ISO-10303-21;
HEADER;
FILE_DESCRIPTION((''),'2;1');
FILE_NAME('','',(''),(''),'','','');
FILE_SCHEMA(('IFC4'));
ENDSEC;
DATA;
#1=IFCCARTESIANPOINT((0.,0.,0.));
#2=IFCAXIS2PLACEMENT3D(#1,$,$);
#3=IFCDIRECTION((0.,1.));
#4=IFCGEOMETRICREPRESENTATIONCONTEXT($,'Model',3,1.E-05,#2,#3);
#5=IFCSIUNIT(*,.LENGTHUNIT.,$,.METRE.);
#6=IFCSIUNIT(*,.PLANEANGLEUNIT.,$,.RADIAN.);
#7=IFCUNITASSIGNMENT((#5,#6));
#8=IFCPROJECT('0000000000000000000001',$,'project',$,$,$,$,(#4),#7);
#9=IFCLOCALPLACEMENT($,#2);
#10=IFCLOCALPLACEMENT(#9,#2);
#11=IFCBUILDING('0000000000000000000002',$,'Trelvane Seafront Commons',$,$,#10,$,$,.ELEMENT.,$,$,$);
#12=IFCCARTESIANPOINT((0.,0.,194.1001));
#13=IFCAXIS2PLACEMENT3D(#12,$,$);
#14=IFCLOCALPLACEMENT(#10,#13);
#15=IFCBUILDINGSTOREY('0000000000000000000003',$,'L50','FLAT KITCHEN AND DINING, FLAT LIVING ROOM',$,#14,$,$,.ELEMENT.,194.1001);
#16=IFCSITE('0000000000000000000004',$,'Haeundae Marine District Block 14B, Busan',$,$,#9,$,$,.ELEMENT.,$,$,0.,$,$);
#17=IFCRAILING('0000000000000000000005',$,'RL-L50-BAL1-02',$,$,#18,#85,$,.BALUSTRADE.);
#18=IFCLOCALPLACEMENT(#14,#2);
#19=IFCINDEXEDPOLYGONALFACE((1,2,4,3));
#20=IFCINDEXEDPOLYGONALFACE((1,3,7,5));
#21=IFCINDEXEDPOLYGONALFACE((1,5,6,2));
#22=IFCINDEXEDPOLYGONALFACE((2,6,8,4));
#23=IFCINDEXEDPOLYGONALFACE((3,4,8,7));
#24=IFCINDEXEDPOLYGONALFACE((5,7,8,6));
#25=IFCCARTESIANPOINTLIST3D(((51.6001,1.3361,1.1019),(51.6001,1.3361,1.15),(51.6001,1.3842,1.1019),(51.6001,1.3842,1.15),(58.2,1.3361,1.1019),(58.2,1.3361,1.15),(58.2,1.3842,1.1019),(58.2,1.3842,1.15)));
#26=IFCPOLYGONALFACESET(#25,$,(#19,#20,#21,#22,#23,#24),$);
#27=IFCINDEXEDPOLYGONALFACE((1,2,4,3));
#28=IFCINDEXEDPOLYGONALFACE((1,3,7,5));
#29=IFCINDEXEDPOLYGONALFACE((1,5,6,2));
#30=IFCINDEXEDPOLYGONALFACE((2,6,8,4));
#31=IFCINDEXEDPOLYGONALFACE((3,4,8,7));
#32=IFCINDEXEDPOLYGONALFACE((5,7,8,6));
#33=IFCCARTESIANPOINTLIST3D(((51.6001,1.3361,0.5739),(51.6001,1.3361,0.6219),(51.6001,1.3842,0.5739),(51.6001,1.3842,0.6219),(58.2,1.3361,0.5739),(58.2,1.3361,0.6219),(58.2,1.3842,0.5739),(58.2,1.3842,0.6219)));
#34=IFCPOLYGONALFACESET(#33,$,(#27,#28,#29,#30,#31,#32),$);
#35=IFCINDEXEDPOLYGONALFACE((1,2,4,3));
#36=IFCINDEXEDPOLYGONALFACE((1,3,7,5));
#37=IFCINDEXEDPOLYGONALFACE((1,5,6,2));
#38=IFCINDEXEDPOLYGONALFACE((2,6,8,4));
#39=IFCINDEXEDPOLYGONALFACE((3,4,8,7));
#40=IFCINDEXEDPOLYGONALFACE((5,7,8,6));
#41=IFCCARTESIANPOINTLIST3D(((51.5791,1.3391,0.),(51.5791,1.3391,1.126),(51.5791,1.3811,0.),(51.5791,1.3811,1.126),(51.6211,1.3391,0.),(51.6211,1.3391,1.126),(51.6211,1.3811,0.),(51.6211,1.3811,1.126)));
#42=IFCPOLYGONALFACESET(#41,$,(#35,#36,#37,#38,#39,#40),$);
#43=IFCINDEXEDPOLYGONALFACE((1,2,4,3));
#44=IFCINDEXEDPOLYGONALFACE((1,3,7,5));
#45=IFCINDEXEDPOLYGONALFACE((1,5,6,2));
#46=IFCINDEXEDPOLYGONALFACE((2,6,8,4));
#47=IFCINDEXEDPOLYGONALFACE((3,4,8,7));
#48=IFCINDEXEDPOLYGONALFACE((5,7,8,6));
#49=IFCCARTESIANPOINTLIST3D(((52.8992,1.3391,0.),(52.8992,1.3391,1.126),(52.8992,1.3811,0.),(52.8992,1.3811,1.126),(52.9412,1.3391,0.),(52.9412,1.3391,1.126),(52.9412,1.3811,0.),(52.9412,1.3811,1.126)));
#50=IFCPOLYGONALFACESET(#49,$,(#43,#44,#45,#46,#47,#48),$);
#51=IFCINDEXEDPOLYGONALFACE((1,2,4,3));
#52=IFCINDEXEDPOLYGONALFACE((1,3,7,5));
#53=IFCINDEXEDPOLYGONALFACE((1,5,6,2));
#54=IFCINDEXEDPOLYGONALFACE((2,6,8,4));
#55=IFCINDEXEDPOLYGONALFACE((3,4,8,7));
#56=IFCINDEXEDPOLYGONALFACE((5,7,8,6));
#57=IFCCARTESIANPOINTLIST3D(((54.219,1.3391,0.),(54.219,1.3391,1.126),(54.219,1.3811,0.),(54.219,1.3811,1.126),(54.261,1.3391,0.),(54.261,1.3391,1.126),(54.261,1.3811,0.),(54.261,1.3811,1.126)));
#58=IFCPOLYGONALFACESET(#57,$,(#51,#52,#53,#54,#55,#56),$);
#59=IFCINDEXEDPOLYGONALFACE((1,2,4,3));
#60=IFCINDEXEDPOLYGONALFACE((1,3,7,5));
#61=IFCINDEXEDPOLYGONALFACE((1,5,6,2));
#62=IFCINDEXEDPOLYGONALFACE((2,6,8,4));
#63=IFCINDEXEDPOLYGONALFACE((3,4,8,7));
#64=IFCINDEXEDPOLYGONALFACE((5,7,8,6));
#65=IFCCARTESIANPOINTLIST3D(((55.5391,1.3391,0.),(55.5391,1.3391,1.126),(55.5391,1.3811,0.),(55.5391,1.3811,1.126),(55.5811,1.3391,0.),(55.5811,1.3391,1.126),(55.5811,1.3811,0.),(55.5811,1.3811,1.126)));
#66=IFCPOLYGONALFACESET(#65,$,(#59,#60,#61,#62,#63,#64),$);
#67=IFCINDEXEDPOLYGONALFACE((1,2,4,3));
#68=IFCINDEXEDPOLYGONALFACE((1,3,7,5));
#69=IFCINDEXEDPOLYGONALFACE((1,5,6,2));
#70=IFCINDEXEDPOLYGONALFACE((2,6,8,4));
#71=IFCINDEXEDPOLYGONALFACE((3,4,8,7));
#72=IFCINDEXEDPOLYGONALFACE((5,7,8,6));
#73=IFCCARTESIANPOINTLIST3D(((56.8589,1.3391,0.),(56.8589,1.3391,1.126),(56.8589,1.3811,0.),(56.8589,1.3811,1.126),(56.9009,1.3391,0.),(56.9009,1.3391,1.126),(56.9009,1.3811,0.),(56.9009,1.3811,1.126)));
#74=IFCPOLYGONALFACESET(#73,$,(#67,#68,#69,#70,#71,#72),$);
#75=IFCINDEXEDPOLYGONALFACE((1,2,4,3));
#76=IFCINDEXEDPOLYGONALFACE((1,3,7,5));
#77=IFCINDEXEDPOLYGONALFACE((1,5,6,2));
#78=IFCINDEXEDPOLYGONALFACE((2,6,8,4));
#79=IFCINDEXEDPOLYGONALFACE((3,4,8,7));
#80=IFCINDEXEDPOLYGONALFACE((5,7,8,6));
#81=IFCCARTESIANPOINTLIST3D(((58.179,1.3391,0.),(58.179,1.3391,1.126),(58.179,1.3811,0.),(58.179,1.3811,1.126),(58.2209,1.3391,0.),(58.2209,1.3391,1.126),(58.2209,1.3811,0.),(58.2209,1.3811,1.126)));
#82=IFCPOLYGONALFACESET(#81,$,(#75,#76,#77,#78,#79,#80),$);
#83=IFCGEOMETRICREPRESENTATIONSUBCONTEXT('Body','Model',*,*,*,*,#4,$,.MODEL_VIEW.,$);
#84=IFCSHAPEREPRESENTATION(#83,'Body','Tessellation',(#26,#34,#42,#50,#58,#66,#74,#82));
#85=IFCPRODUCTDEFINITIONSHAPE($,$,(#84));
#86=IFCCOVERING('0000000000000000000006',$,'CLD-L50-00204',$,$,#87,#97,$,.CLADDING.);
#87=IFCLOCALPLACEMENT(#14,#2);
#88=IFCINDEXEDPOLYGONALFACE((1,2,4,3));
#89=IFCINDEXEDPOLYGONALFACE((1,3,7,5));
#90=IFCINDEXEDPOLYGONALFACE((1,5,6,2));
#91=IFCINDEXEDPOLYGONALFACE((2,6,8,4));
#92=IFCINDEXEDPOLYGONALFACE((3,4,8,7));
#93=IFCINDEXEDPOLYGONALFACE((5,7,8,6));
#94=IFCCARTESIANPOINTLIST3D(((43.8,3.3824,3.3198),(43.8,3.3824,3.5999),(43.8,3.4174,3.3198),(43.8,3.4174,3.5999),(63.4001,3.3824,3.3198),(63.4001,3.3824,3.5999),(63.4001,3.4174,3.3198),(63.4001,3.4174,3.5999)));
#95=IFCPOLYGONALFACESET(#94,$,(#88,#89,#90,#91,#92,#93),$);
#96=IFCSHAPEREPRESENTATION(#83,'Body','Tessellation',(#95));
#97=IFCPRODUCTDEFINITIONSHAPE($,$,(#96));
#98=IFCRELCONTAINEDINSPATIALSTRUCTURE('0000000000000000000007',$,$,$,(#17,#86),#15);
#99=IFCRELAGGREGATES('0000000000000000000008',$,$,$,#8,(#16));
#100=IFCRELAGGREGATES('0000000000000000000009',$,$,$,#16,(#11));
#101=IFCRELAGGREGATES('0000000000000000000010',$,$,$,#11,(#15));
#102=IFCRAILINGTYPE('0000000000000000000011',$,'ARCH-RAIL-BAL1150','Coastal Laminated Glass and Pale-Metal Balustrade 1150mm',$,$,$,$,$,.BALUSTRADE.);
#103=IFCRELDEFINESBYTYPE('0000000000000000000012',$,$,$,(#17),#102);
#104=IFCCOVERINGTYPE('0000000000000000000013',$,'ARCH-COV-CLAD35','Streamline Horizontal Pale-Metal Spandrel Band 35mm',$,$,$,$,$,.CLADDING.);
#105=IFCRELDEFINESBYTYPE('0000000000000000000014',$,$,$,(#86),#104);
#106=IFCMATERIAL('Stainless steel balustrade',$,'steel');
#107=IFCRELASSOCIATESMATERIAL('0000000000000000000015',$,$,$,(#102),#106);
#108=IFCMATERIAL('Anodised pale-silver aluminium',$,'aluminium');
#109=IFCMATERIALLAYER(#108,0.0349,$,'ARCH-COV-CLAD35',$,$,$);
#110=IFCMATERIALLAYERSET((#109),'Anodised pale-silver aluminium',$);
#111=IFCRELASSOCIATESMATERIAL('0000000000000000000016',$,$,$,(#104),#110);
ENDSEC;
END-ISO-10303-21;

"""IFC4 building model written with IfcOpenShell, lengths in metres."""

from ifc_helpers import new_model, si_unit, direction, frame, origin, origin_2d, place, context, subcontext, project, spatial, rectangle, extrude, source, transform, mapped, material, layer, layer_set, type_object, element, save


model = new_model("IFC4")

# Units and contexts
model_context = context("Model", 3, precision=1e-05, world=origin(), true_north=direction((0.0, 1.0)))
body_context = subcontext(model_context, "Body", "Model", "MODEL_VIEW")
ifc_project = project(units=[si_unit("LENGTHUNIT", "METRE"), si_unit("PLANEANGLEUNIT", "RADIAN")], contexts=[model_context])

# Site, building, storey
site_placement = place(None, origin())
site = spatial("IfcSite", under=ifc_project, at=site_placement, Name="Haeundae Marine District Block 14B, Busan", CompositionType="ELEMENT", RefElevation=0.0)
building_placement = place(site_placement, origin())
building = spatial("IfcBuilding", under=site, at=building_placement, Name="Trelvane Seafront Commons", CompositionType="ELEMENT")
storey_placement = place(building_placement, frame((0.0, 0.0, 194.1001)))
storey = spatial("IfcBuildingStorey", under=building, at=storey_placement, Name="L50", Description="FLAT KITCHEN AND DINING, FLAT LIVING ROOM", CompositionType="ELEMENT", Elevation=194.1001)

# Shared definitions
ifc_material_1 = material(Name="Anodised pale-silver aluminium", Category="aluminium")

# Railing
ifc_material_2 = material(Name="Stainless steel balustrade", Category="steel")
railing_type = type_object("IfcRailingType", Name="ARCH-RAIL-BAL1150", Description="Coastal Laminated Glass and Pale-Metal Balustrade 1150mm", PredefinedType="BALUSTRADE", material=ifc_material_2)
railing_1_placement = place(storey_placement, frame((51.6001, 1.3601, 0.0)))
element("IfcRailing", 1, at=railing_1_placement, inside=storey, type_object=railing_type, Name="RL-L50-BAL1-02", PredefinedType="BALUSTRADE", context=body_context, shape_type="SweptSolid", body=[
    extrude(rectangle(XDim=0.0481, YDim=0.0481, at=origin_2d()), frame((0.0, 0.0, 1.126), z_axis=(1.0, 0.0, 0.0), x_axis=(0.0, 1.0, 0.0)), (0.0, 0.0, 1.0), 6.5999),
    extrude(rectangle(XDim=0.0481, YDim=0.0481, at=origin_2d()), frame((0.0, 0.0, 0.5979), z_axis=(1.0, 0.0, 0.0), x_axis=(0.0, 1.0, 0.0)), (0.0, 0.0, 1.0), 6.5999),
    extrude(rectangle(XDim=0.042, YDim=0.042, at=origin_2d()), origin(), (0.0, 0.0, 1.0), 1.126),
    extrude(rectangle(XDim=0.042, YDim=0.042, at=origin_2d()), frame((1.3201, 0.0, 0.0)), (0.0, 0.0, 1.0), 1.126),
    extrude(rectangle(XDim=0.042, YDim=0.042, at=origin_2d()), frame((2.6399, 0.0, 0.0)), (0.0, 0.0, 1.0), 1.126),
    extrude(rectangle(XDim=0.042, YDim=0.042, at=origin_2d()), frame((3.96, 0.0, 0.0)), (0.0, 0.0, 1.0), 1.126),
    extrude(rectangle(XDim=0.042, YDim=0.042, at=origin_2d()), frame((5.2798, 0.0, 0.0)), (0.0, 0.0, 1.0), 1.126),
    extrude(rectangle(XDim=0.042, YDim=0.042, at=origin_2d()), frame((6.5999, 0.0, 0.0)), (0.0, 0.0, 1.0), 1.126),
])

# Covering
ifc_layer_1 = layer(ifc_material_1, 0.0349, Name="ARCH-COV-CLAD35")
ifc_layer_set_1 = layer_set([ifc_layer_1], Name="Anodised pale-silver aluminium")
covering_type = type_object("IfcCoveringType", Name="ARCH-COV-CLAD35", Description="Streamline Horizontal Pale-Metal Spandrel Band 35mm", PredefinedType="CLADDING", material=ifc_layer_set_1)
shared_shape_1 = source(origin(), body_context, "Body", "SweptSolid", [
    extrude(rectangle(XDim=19.6001, YDim=0.0349, at=origin_2d()), origin(), (0.0, 0.0, 1.0), 0.28),
])
covering_placement = place(storey_placement, frame((53.6001, 3.3999, 3.3198), z_axis=(0.0, 0.0, 1.0), x_axis=(-1.0, 0.0, 0.0)))
element("IfcCovering", 2, at=covering_placement, inside=storey, type_object=covering_type, Name="CLD-L50-00204", PredefinedType="CLADDING", context=body_context, shape_type="MappedRepresentation", body=[
    mapped(shared_shape_1, transform((0.0, 0.0, 0.0), x_axis=(1.0, 0.0, 0.0), y_axis=(0.0, 1.0, 0.0), z_axis=(0.0, 0.0, 1.0), scale=1.0)),
])

save(model, "model.ifc")
